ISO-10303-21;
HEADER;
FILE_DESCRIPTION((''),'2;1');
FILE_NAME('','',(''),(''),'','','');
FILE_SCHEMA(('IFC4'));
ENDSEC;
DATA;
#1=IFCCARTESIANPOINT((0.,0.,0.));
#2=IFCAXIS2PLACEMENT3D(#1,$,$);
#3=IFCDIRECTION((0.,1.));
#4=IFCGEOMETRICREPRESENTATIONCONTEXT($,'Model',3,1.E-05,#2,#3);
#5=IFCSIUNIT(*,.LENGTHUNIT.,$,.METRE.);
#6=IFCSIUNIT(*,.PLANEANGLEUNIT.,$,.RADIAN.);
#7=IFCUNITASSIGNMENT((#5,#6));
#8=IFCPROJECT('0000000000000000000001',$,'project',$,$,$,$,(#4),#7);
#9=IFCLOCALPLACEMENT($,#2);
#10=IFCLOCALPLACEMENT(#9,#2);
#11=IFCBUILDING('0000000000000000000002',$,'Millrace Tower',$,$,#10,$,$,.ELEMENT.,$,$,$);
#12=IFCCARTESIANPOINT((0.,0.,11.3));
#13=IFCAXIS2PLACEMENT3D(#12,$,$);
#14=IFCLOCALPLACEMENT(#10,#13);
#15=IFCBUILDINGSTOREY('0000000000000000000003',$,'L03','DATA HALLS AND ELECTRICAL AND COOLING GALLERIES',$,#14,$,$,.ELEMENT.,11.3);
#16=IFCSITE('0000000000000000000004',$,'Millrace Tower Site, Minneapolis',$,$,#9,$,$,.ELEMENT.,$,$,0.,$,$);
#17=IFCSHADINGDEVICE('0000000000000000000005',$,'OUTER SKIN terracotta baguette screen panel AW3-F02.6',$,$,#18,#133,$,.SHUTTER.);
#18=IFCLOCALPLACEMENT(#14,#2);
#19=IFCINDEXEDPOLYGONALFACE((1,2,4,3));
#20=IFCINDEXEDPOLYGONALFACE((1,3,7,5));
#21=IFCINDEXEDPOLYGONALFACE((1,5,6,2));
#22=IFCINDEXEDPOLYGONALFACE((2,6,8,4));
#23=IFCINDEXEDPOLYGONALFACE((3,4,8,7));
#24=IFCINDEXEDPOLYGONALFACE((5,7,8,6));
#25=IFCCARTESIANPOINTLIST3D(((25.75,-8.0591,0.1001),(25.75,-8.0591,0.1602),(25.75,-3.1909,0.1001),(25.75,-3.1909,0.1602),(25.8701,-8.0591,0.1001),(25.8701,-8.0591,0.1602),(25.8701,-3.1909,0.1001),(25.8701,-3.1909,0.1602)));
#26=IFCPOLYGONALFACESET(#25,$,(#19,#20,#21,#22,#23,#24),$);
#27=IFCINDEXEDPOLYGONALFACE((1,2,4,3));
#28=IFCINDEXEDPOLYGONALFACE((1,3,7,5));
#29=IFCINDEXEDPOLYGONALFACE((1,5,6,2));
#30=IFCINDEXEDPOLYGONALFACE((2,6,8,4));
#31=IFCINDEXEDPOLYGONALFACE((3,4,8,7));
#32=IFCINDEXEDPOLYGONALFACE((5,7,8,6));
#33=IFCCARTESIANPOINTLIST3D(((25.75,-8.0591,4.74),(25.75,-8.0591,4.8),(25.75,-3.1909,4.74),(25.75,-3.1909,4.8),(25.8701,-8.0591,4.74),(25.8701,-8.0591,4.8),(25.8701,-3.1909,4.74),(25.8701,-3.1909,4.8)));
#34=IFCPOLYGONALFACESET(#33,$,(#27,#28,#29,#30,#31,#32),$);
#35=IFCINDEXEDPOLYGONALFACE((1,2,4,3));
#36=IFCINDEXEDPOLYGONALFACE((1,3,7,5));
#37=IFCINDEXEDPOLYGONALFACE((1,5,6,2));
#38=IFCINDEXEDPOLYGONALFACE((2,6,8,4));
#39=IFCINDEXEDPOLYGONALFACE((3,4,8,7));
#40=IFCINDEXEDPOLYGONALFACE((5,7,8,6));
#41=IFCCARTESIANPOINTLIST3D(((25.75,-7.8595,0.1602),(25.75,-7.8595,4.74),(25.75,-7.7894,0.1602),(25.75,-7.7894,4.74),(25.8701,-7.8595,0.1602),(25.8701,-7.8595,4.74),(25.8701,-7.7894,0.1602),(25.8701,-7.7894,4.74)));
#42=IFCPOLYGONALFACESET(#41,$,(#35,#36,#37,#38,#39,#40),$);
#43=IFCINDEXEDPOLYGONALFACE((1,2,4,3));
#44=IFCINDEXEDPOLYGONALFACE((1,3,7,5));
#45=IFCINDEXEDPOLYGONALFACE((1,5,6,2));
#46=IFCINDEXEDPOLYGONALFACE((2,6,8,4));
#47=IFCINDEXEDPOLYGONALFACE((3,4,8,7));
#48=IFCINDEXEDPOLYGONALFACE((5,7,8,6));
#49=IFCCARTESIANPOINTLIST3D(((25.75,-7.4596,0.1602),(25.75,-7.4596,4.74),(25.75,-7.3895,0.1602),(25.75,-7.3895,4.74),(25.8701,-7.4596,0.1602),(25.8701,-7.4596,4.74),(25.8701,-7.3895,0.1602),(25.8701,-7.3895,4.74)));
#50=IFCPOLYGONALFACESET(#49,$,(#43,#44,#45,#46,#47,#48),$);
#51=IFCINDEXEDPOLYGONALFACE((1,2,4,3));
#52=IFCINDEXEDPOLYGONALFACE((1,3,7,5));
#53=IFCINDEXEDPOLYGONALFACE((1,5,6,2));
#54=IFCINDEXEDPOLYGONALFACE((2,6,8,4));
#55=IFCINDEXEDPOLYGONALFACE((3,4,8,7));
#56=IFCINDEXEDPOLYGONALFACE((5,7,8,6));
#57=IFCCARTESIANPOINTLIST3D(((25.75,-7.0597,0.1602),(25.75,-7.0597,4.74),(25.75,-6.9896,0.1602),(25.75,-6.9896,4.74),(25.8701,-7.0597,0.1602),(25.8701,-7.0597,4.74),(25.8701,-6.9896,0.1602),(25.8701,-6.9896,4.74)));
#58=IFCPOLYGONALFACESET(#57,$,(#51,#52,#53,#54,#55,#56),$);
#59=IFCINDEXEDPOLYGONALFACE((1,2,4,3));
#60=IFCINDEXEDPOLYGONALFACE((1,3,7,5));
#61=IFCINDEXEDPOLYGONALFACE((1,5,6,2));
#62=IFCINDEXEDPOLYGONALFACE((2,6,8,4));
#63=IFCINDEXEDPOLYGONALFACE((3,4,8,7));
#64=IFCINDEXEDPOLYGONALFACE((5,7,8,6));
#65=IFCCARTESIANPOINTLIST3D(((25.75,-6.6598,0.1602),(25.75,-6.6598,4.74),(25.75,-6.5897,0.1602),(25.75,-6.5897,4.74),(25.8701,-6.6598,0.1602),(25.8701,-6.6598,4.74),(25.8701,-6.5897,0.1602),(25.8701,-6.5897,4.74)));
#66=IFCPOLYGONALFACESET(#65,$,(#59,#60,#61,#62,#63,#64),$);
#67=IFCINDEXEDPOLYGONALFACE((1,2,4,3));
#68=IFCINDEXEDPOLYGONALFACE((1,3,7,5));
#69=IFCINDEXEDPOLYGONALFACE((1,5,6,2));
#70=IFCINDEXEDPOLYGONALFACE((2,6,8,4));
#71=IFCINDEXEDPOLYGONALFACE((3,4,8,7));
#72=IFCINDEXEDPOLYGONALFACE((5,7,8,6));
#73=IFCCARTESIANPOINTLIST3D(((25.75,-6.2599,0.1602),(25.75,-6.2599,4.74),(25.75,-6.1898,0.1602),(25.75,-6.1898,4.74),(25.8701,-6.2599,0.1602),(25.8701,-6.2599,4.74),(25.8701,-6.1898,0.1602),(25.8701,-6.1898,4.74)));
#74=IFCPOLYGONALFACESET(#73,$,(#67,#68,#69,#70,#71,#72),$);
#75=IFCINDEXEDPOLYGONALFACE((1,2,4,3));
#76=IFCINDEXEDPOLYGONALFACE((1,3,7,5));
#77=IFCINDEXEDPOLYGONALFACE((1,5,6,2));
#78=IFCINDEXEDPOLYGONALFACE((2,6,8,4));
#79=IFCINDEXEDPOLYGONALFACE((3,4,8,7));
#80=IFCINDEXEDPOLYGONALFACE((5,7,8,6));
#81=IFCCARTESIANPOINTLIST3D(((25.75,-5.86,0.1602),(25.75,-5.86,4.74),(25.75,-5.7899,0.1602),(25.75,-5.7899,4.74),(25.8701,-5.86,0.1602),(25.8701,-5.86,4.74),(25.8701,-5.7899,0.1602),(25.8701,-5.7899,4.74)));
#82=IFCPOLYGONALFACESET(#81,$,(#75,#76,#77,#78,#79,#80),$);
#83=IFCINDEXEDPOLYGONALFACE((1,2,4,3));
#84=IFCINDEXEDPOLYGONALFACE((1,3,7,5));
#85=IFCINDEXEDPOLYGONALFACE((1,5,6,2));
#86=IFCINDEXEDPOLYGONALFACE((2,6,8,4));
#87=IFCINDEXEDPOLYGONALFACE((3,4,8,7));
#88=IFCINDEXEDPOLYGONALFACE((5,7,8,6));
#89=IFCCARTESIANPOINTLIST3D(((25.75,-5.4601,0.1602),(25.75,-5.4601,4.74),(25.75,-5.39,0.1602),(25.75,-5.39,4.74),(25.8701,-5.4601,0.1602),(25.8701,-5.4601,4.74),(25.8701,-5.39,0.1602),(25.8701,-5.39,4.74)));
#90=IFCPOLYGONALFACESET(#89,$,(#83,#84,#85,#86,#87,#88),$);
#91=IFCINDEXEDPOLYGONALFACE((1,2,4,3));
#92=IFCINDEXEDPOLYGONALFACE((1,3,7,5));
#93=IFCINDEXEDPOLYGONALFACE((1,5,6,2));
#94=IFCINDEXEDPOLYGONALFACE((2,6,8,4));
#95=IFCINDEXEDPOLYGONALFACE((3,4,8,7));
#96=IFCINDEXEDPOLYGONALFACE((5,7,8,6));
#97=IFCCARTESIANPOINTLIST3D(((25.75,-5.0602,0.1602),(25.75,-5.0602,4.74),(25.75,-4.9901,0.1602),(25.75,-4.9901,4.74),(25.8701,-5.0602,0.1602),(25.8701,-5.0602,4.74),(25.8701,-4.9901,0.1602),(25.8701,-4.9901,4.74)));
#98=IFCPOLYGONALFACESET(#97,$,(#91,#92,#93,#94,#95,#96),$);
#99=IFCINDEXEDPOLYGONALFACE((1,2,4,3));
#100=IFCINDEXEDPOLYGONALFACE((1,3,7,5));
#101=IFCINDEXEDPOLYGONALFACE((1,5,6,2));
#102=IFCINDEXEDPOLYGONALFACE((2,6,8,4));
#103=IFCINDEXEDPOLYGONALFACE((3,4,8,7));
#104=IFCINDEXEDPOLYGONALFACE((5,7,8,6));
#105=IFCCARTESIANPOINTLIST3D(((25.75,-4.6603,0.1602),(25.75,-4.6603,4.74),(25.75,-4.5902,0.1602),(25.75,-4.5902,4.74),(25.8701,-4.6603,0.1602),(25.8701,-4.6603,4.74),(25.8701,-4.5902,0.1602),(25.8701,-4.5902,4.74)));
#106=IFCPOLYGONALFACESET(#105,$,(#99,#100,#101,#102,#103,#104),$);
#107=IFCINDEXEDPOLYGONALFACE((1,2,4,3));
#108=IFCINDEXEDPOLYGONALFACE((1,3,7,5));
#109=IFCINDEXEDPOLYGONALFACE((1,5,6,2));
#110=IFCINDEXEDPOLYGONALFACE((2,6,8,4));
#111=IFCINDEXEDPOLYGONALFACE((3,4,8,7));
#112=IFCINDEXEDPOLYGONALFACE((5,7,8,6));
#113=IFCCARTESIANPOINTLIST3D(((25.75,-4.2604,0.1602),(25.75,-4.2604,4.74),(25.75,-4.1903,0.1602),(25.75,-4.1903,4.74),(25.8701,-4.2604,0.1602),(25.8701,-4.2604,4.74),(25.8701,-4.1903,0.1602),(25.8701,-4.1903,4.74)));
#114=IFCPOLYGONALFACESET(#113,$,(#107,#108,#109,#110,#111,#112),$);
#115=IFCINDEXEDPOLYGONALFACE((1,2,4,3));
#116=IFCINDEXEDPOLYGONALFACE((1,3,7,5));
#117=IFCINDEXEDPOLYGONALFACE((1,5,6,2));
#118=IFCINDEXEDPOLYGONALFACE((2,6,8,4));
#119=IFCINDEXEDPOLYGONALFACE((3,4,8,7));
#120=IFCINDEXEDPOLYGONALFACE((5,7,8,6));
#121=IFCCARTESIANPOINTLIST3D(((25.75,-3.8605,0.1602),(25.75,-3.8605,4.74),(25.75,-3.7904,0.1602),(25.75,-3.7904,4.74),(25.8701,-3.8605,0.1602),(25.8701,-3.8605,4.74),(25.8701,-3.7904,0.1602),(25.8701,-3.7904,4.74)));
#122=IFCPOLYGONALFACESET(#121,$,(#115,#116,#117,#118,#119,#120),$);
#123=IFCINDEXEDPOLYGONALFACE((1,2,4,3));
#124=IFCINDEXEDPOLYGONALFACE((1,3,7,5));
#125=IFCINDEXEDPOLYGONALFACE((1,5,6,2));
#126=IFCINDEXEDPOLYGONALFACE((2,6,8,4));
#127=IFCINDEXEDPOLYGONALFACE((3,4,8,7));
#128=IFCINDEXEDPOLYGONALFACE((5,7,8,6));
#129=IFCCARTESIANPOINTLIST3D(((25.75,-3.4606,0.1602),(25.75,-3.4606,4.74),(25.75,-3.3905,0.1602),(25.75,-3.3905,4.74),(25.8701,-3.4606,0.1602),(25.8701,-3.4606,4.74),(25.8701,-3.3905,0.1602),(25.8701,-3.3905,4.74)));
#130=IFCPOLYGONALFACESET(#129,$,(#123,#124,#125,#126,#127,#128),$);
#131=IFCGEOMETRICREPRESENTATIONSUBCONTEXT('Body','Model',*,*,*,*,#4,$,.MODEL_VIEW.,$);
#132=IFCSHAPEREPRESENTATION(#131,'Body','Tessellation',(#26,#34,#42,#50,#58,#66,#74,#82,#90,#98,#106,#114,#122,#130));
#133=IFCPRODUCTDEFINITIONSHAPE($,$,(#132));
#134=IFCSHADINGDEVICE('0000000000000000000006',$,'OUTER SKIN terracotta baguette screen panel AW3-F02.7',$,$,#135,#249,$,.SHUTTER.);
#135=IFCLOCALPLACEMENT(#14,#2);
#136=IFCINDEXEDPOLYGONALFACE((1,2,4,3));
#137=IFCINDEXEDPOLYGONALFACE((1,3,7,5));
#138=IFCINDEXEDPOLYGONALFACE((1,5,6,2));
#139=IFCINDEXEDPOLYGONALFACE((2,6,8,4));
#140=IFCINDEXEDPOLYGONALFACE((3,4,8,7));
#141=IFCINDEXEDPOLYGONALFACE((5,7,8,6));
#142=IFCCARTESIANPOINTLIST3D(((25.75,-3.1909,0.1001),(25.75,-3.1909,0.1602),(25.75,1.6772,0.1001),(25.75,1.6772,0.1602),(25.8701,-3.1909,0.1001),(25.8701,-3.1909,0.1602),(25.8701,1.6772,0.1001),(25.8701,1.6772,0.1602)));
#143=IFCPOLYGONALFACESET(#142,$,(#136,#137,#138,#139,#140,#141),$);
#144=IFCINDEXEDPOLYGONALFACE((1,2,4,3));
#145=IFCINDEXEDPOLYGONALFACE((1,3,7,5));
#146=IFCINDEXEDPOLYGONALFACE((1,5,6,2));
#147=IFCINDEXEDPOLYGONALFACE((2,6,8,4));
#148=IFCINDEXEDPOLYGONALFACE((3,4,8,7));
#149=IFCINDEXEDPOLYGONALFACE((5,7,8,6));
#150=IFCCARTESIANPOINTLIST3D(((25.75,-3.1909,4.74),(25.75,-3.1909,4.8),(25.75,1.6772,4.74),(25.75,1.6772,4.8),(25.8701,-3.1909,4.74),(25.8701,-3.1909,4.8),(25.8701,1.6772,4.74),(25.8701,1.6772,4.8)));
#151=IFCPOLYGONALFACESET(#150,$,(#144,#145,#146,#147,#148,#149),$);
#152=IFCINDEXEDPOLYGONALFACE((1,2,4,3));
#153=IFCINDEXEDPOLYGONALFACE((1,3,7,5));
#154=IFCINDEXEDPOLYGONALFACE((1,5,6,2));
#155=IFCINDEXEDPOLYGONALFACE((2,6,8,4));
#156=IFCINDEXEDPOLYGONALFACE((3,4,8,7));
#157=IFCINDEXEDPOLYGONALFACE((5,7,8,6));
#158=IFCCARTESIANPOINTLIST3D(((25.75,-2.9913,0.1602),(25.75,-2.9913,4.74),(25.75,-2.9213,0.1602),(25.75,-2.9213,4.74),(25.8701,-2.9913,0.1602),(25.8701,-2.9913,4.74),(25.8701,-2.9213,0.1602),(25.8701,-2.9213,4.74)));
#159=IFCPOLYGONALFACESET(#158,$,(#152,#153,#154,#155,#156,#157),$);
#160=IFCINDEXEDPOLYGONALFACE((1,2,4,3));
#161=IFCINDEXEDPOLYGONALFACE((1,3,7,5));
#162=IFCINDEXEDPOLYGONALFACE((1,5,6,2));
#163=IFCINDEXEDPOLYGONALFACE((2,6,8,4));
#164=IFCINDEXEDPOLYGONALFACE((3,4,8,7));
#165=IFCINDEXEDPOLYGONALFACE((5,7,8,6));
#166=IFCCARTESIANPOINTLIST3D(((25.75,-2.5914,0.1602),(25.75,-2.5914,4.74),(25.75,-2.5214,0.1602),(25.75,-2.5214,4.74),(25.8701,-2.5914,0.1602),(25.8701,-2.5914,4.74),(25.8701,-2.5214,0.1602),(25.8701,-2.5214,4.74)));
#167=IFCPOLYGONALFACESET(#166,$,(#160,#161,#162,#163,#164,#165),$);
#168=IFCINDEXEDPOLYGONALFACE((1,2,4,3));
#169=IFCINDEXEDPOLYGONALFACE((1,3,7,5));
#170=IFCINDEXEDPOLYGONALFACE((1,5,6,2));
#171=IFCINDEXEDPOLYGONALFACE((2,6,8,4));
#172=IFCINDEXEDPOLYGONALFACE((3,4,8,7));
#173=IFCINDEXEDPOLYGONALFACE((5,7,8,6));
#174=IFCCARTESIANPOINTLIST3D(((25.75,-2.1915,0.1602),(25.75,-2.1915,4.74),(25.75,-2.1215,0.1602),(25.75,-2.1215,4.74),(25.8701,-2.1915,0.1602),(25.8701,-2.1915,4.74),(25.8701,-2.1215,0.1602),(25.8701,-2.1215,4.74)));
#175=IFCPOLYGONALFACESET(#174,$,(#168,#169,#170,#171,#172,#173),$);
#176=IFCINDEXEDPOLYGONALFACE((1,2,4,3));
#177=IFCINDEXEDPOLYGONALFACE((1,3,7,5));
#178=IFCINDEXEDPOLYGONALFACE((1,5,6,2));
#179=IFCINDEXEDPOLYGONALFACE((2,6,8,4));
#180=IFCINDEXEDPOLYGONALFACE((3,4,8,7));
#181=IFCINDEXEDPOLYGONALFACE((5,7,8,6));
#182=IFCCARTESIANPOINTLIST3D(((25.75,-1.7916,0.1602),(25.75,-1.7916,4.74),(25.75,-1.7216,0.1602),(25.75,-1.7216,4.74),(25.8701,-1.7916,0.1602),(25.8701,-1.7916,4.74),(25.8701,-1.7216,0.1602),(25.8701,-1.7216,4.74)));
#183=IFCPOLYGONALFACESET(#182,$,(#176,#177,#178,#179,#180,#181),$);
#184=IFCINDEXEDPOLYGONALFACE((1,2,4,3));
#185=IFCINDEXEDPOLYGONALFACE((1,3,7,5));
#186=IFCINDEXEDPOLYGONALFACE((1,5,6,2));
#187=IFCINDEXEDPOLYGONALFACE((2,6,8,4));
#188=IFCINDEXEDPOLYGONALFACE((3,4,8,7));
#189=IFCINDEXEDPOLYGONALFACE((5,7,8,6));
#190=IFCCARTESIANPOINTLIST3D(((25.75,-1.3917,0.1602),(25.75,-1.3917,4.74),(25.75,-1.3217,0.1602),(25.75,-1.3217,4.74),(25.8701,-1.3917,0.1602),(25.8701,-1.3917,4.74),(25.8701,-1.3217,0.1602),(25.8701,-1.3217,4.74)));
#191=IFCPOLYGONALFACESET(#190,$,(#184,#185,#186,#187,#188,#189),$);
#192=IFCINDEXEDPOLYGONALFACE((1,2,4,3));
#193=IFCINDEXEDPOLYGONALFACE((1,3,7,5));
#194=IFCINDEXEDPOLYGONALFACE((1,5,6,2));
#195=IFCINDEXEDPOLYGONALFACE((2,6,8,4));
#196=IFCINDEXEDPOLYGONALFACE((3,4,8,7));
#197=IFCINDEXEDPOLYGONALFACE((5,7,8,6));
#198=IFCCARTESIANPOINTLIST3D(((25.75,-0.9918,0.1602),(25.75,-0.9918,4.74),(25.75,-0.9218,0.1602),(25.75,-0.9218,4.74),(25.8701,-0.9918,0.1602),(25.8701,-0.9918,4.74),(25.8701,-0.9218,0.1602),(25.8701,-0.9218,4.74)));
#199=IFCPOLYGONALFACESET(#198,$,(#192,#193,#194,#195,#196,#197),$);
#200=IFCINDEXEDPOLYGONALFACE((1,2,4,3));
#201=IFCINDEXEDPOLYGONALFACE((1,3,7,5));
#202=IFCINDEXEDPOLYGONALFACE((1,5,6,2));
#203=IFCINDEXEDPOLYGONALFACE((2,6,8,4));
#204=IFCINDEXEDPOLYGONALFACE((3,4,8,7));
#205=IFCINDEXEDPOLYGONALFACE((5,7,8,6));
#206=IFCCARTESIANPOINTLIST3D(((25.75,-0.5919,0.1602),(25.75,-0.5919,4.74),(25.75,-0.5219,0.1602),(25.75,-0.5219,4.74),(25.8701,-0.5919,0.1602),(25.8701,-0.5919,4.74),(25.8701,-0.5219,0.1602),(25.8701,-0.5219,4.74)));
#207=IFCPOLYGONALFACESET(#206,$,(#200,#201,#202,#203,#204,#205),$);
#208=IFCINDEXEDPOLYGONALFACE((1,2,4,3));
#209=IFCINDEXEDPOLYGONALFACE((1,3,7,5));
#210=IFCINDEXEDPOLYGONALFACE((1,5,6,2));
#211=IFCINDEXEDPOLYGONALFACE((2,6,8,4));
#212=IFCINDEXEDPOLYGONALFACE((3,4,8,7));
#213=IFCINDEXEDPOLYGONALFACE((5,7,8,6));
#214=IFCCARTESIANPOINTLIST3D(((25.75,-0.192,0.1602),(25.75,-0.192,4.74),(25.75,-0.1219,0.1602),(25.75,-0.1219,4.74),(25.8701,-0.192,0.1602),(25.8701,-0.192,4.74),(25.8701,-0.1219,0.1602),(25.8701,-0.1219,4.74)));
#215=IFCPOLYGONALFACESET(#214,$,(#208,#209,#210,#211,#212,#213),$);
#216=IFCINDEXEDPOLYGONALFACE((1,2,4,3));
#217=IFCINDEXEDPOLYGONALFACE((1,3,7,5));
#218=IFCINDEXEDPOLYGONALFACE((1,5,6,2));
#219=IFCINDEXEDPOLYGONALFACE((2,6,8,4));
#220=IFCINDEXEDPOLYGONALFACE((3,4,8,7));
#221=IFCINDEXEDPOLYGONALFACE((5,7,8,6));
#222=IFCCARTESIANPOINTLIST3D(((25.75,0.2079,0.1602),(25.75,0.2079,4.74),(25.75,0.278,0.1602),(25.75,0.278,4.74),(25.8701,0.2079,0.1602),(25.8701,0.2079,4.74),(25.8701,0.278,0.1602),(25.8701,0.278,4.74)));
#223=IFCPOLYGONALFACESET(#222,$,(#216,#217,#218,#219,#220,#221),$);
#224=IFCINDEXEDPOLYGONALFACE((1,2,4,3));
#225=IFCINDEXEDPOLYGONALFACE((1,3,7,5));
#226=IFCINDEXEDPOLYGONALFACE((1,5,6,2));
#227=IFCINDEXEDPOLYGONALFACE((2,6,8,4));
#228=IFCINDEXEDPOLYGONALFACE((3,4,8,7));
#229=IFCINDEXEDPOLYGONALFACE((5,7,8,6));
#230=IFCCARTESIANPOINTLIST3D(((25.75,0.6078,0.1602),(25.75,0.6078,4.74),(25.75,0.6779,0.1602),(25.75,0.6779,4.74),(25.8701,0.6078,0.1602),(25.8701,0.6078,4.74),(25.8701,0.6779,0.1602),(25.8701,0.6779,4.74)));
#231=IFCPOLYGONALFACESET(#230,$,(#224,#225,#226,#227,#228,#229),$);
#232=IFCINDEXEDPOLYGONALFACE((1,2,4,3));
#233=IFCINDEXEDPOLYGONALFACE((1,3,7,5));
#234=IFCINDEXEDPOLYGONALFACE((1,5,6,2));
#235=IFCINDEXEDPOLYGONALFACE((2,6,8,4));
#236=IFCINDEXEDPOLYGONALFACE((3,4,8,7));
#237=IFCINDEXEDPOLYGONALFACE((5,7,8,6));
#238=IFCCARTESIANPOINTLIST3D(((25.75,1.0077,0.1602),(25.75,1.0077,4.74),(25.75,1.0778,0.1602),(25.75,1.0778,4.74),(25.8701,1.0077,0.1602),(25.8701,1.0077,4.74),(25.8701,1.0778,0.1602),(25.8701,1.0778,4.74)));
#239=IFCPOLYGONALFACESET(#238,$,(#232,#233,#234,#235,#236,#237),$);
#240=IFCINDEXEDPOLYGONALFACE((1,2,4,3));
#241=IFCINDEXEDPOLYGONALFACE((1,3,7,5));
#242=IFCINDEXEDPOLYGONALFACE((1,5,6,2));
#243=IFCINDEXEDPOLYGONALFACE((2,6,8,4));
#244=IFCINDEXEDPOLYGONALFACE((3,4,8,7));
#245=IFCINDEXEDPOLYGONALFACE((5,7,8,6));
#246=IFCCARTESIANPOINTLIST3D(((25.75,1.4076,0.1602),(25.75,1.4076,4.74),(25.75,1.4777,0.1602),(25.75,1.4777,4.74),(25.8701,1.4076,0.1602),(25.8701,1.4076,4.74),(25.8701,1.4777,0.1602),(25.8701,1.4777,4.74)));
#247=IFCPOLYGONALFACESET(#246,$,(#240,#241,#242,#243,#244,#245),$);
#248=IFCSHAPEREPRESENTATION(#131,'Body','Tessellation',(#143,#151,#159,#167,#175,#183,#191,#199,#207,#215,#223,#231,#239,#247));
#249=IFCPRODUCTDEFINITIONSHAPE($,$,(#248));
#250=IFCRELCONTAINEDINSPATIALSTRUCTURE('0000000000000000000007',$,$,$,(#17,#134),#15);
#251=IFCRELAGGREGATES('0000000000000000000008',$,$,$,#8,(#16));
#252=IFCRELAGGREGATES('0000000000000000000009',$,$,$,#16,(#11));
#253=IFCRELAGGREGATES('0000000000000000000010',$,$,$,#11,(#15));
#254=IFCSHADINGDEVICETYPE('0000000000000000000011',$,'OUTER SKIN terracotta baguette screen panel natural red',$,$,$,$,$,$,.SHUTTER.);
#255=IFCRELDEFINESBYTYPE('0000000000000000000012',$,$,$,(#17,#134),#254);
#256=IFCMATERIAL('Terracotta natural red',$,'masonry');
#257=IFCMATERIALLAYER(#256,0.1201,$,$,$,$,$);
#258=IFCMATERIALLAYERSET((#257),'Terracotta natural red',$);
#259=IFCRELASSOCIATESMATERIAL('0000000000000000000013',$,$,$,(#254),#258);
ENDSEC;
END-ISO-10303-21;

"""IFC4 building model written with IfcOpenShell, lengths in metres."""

from ifc_helpers import new_model, entity, si_unit, direction, frame, frame_2d, origin, place, context, subcontext, project, spatial, rectangle, extrude, source, transform, mapped, material, layer, layer_set, type_object, element, save


model = new_model("IFC4")

# Units and contexts
model_context = context("Model", 3, precision=1e-05, world=origin(), true_north=direction((0.0, 1.0)))
body_context = subcontext(model_context, "Body", "Model", "MODEL_VIEW")
ifc_project = project(units=[si_unit("LENGTHUNIT", "METRE"), si_unit("PLANEANGLEUNIT", "RADIAN")], contexts=[model_context])

# Site, building, storey
site_placement = place(None, origin())
site = spatial("IfcSite", under=ifc_project, at=site_placement, Name="Millrace Tower Site, Minneapolis", CompositionType="ELEMENT", RefElevation=0.0)
building_placement = place(site_placement, origin())
building = spatial("IfcBuilding", under=site, at=building_placement, Name="Millrace Tower", CompositionType="ELEMENT")
storey_placement = place(building_placement, frame((0.0, 0.0, 11.3)))
storey = spatial("IfcBuildingStorey", under=building, at=storey_placement, Name="L03", Description="DATA HALLS AND ELECTRICAL AND COOLING GALLERIES", CompositionType="ELEMENT", Elevation=11.3)

# Shading devices
cartesian_point = entity("IfcCartesianPoint", [-2.4341, 0.0601])
shared_polyline = entity("IfcPolyline", [cartesian_point, entity("IfcCartesianPoint", [2.4341, 0.0601]), entity("IfcCartesianPoint", [2.4341, -0.0601]), entity("IfcCartesianPoint", [-2.4341, -0.0601]), cartesian_point])
ifc_material_1 = material(Name="Terracotta natural red", Category="masonry")
ifc_layer_1 = layer(ifc_material_1, 0.1201)
ifc_layer_set_1 = layer_set([ifc_layer_1], Name="Terracotta natural red")
shading_device_type_1 = type_object("IfcShadingDeviceType", Name="OUTER SKIN terracotta baguette screen panel natural red", PredefinedType="SHUTTER", material=ifc_layer_set_1)
shared_shape_1 = source(origin(), body_context, "Body", "SweptSolid", [
    entity("IfcExtrudedAreaSolid", entity("IfcArbitraryClosedProfileDef", "AREA", None, shared_polyline), entity("IfcAxis2Placement3D", entity("IfcCartesianPoint", [0.0, 0.0, 0.0])), entity("IfcDirection", [0.0, 0.0, 1.0]), 0.0601),
    entity("IfcExtrudedAreaSolid", entity("IfcArbitraryClosedProfileDef", "AREA", None, shared_polyline), entity("IfcAxis2Placement3D", entity("IfcCartesianPoint", [0.0, 0.0, 4.6399])), entity("IfcDirection", [0.0, 0.0, 1.0]), 0.0601),
    extrude(rectangle(XDim=0.0701, YDim=0.1201, at=frame_2d((-2.1995, 0.0))), frame((0.0, 0.0, 0.0601)), (0.0, 0.0, 1.0), 4.5798),
    extrude(rectangle(XDim=0.0701, YDim=0.1201, at=frame_2d((-1.7996, 0.0))), frame((0.0, 0.0, 0.0601)), (0.0, 0.0, 1.0), 4.5798),
    extrude(rectangle(XDim=0.0701, YDim=0.1201, at=frame_2d((-1.3997, 0.0))), frame((0.0, 0.0, 0.0601)), (0.0, 0.0, 1.0), 4.5798),
    extrude(rectangle(XDim=0.0701, YDim=0.1201, at=frame_2d((-0.9998, 0.0))), frame((0.0, 0.0, 0.0601)), (0.0, 0.0, 1.0), 4.5798),
    extrude(rectangle(XDim=0.0701, YDim=0.1201, at=frame_2d((-0.5999, 0.0))), frame((0.0, 0.0, 0.0601)), (0.0, 0.0, 1.0), 4.5798),
    extrude(rectangle(XDim=0.0701, YDim=0.1201, at=frame_2d((-0.2, 0.0))), frame((0.0, 0.0, 0.0601)), (0.0, 0.0, 1.0), 4.5798),
    extrude(rectangle(XDim=0.0701, YDim=0.1201, at=frame_2d((0.2, 0.0))), frame((0.0, 0.0, 0.0601)), (0.0, 0.0, 1.0), 4.5798),
    extrude(rectangle(XDim=0.0701, YDim=0.1201, at=frame_2d((0.5999, 0.0))), frame((0.0, 0.0, 0.0601)), (0.0, 0.0, 1.0), 4.5798),
    extrude(rectangle(XDim=0.0701, YDim=0.1201, at=frame_2d((0.9998, 0.0))), frame((0.0, 0.0, 0.0601)), (0.0, 0.0, 1.0), 4.5798),
    extrude(rectangle(XDim=0.0701, YDim=0.1201, at=frame_2d((1.3997, 0.0))), frame((0.0, 0.0, 0.0601)), (0.0, 0.0, 1.0), 4.5798),
    extrude(rectangle(XDim=0.0701, YDim=0.1201, at=frame_2d((1.7996, 0.0))), frame((0.0, 0.0, 0.0601)), (0.0, 0.0, 1.0), 4.5798),
    extrude(rectangle(XDim=0.0701, YDim=0.1201, at=frame_2d((2.1995, 0.0))), frame((0.0, 0.0, 0.0601)), (0.0, 0.0, 1.0), 4.5798),
])
for number, where, z_axis, x_axis, name in (
    (1, (25.8101, -5.625, 0.1001), (0.0, 0.0, 1.0), (0.0, 1.0, 0.0), "OUTER SKIN terracotta baguette screen panel AW3-F02.6"),
    (2, (25.8101, -0.7568, 0.1001), (0.0, 0.0, 1.0), (0.0, 1.0, 0.0), "OUTER SKIN terracotta baguette screen panel AW3-F02.7"),
):
    element("IfcShadingDevice", number, at=place(storey_placement, frame(where, z_axis=z_axis, x_axis=x_axis)), inside=storey, type_object=shading_device_type_1, Name=name, PredefinedType="SHUTTER", context=body_context, shape_type="MappedRepresentation", body=[
        mapped(shared_shape_1, transform((0.0, 0.0, 0.0), scale=1.0)),
    ])

save(model, "model.ifc")
